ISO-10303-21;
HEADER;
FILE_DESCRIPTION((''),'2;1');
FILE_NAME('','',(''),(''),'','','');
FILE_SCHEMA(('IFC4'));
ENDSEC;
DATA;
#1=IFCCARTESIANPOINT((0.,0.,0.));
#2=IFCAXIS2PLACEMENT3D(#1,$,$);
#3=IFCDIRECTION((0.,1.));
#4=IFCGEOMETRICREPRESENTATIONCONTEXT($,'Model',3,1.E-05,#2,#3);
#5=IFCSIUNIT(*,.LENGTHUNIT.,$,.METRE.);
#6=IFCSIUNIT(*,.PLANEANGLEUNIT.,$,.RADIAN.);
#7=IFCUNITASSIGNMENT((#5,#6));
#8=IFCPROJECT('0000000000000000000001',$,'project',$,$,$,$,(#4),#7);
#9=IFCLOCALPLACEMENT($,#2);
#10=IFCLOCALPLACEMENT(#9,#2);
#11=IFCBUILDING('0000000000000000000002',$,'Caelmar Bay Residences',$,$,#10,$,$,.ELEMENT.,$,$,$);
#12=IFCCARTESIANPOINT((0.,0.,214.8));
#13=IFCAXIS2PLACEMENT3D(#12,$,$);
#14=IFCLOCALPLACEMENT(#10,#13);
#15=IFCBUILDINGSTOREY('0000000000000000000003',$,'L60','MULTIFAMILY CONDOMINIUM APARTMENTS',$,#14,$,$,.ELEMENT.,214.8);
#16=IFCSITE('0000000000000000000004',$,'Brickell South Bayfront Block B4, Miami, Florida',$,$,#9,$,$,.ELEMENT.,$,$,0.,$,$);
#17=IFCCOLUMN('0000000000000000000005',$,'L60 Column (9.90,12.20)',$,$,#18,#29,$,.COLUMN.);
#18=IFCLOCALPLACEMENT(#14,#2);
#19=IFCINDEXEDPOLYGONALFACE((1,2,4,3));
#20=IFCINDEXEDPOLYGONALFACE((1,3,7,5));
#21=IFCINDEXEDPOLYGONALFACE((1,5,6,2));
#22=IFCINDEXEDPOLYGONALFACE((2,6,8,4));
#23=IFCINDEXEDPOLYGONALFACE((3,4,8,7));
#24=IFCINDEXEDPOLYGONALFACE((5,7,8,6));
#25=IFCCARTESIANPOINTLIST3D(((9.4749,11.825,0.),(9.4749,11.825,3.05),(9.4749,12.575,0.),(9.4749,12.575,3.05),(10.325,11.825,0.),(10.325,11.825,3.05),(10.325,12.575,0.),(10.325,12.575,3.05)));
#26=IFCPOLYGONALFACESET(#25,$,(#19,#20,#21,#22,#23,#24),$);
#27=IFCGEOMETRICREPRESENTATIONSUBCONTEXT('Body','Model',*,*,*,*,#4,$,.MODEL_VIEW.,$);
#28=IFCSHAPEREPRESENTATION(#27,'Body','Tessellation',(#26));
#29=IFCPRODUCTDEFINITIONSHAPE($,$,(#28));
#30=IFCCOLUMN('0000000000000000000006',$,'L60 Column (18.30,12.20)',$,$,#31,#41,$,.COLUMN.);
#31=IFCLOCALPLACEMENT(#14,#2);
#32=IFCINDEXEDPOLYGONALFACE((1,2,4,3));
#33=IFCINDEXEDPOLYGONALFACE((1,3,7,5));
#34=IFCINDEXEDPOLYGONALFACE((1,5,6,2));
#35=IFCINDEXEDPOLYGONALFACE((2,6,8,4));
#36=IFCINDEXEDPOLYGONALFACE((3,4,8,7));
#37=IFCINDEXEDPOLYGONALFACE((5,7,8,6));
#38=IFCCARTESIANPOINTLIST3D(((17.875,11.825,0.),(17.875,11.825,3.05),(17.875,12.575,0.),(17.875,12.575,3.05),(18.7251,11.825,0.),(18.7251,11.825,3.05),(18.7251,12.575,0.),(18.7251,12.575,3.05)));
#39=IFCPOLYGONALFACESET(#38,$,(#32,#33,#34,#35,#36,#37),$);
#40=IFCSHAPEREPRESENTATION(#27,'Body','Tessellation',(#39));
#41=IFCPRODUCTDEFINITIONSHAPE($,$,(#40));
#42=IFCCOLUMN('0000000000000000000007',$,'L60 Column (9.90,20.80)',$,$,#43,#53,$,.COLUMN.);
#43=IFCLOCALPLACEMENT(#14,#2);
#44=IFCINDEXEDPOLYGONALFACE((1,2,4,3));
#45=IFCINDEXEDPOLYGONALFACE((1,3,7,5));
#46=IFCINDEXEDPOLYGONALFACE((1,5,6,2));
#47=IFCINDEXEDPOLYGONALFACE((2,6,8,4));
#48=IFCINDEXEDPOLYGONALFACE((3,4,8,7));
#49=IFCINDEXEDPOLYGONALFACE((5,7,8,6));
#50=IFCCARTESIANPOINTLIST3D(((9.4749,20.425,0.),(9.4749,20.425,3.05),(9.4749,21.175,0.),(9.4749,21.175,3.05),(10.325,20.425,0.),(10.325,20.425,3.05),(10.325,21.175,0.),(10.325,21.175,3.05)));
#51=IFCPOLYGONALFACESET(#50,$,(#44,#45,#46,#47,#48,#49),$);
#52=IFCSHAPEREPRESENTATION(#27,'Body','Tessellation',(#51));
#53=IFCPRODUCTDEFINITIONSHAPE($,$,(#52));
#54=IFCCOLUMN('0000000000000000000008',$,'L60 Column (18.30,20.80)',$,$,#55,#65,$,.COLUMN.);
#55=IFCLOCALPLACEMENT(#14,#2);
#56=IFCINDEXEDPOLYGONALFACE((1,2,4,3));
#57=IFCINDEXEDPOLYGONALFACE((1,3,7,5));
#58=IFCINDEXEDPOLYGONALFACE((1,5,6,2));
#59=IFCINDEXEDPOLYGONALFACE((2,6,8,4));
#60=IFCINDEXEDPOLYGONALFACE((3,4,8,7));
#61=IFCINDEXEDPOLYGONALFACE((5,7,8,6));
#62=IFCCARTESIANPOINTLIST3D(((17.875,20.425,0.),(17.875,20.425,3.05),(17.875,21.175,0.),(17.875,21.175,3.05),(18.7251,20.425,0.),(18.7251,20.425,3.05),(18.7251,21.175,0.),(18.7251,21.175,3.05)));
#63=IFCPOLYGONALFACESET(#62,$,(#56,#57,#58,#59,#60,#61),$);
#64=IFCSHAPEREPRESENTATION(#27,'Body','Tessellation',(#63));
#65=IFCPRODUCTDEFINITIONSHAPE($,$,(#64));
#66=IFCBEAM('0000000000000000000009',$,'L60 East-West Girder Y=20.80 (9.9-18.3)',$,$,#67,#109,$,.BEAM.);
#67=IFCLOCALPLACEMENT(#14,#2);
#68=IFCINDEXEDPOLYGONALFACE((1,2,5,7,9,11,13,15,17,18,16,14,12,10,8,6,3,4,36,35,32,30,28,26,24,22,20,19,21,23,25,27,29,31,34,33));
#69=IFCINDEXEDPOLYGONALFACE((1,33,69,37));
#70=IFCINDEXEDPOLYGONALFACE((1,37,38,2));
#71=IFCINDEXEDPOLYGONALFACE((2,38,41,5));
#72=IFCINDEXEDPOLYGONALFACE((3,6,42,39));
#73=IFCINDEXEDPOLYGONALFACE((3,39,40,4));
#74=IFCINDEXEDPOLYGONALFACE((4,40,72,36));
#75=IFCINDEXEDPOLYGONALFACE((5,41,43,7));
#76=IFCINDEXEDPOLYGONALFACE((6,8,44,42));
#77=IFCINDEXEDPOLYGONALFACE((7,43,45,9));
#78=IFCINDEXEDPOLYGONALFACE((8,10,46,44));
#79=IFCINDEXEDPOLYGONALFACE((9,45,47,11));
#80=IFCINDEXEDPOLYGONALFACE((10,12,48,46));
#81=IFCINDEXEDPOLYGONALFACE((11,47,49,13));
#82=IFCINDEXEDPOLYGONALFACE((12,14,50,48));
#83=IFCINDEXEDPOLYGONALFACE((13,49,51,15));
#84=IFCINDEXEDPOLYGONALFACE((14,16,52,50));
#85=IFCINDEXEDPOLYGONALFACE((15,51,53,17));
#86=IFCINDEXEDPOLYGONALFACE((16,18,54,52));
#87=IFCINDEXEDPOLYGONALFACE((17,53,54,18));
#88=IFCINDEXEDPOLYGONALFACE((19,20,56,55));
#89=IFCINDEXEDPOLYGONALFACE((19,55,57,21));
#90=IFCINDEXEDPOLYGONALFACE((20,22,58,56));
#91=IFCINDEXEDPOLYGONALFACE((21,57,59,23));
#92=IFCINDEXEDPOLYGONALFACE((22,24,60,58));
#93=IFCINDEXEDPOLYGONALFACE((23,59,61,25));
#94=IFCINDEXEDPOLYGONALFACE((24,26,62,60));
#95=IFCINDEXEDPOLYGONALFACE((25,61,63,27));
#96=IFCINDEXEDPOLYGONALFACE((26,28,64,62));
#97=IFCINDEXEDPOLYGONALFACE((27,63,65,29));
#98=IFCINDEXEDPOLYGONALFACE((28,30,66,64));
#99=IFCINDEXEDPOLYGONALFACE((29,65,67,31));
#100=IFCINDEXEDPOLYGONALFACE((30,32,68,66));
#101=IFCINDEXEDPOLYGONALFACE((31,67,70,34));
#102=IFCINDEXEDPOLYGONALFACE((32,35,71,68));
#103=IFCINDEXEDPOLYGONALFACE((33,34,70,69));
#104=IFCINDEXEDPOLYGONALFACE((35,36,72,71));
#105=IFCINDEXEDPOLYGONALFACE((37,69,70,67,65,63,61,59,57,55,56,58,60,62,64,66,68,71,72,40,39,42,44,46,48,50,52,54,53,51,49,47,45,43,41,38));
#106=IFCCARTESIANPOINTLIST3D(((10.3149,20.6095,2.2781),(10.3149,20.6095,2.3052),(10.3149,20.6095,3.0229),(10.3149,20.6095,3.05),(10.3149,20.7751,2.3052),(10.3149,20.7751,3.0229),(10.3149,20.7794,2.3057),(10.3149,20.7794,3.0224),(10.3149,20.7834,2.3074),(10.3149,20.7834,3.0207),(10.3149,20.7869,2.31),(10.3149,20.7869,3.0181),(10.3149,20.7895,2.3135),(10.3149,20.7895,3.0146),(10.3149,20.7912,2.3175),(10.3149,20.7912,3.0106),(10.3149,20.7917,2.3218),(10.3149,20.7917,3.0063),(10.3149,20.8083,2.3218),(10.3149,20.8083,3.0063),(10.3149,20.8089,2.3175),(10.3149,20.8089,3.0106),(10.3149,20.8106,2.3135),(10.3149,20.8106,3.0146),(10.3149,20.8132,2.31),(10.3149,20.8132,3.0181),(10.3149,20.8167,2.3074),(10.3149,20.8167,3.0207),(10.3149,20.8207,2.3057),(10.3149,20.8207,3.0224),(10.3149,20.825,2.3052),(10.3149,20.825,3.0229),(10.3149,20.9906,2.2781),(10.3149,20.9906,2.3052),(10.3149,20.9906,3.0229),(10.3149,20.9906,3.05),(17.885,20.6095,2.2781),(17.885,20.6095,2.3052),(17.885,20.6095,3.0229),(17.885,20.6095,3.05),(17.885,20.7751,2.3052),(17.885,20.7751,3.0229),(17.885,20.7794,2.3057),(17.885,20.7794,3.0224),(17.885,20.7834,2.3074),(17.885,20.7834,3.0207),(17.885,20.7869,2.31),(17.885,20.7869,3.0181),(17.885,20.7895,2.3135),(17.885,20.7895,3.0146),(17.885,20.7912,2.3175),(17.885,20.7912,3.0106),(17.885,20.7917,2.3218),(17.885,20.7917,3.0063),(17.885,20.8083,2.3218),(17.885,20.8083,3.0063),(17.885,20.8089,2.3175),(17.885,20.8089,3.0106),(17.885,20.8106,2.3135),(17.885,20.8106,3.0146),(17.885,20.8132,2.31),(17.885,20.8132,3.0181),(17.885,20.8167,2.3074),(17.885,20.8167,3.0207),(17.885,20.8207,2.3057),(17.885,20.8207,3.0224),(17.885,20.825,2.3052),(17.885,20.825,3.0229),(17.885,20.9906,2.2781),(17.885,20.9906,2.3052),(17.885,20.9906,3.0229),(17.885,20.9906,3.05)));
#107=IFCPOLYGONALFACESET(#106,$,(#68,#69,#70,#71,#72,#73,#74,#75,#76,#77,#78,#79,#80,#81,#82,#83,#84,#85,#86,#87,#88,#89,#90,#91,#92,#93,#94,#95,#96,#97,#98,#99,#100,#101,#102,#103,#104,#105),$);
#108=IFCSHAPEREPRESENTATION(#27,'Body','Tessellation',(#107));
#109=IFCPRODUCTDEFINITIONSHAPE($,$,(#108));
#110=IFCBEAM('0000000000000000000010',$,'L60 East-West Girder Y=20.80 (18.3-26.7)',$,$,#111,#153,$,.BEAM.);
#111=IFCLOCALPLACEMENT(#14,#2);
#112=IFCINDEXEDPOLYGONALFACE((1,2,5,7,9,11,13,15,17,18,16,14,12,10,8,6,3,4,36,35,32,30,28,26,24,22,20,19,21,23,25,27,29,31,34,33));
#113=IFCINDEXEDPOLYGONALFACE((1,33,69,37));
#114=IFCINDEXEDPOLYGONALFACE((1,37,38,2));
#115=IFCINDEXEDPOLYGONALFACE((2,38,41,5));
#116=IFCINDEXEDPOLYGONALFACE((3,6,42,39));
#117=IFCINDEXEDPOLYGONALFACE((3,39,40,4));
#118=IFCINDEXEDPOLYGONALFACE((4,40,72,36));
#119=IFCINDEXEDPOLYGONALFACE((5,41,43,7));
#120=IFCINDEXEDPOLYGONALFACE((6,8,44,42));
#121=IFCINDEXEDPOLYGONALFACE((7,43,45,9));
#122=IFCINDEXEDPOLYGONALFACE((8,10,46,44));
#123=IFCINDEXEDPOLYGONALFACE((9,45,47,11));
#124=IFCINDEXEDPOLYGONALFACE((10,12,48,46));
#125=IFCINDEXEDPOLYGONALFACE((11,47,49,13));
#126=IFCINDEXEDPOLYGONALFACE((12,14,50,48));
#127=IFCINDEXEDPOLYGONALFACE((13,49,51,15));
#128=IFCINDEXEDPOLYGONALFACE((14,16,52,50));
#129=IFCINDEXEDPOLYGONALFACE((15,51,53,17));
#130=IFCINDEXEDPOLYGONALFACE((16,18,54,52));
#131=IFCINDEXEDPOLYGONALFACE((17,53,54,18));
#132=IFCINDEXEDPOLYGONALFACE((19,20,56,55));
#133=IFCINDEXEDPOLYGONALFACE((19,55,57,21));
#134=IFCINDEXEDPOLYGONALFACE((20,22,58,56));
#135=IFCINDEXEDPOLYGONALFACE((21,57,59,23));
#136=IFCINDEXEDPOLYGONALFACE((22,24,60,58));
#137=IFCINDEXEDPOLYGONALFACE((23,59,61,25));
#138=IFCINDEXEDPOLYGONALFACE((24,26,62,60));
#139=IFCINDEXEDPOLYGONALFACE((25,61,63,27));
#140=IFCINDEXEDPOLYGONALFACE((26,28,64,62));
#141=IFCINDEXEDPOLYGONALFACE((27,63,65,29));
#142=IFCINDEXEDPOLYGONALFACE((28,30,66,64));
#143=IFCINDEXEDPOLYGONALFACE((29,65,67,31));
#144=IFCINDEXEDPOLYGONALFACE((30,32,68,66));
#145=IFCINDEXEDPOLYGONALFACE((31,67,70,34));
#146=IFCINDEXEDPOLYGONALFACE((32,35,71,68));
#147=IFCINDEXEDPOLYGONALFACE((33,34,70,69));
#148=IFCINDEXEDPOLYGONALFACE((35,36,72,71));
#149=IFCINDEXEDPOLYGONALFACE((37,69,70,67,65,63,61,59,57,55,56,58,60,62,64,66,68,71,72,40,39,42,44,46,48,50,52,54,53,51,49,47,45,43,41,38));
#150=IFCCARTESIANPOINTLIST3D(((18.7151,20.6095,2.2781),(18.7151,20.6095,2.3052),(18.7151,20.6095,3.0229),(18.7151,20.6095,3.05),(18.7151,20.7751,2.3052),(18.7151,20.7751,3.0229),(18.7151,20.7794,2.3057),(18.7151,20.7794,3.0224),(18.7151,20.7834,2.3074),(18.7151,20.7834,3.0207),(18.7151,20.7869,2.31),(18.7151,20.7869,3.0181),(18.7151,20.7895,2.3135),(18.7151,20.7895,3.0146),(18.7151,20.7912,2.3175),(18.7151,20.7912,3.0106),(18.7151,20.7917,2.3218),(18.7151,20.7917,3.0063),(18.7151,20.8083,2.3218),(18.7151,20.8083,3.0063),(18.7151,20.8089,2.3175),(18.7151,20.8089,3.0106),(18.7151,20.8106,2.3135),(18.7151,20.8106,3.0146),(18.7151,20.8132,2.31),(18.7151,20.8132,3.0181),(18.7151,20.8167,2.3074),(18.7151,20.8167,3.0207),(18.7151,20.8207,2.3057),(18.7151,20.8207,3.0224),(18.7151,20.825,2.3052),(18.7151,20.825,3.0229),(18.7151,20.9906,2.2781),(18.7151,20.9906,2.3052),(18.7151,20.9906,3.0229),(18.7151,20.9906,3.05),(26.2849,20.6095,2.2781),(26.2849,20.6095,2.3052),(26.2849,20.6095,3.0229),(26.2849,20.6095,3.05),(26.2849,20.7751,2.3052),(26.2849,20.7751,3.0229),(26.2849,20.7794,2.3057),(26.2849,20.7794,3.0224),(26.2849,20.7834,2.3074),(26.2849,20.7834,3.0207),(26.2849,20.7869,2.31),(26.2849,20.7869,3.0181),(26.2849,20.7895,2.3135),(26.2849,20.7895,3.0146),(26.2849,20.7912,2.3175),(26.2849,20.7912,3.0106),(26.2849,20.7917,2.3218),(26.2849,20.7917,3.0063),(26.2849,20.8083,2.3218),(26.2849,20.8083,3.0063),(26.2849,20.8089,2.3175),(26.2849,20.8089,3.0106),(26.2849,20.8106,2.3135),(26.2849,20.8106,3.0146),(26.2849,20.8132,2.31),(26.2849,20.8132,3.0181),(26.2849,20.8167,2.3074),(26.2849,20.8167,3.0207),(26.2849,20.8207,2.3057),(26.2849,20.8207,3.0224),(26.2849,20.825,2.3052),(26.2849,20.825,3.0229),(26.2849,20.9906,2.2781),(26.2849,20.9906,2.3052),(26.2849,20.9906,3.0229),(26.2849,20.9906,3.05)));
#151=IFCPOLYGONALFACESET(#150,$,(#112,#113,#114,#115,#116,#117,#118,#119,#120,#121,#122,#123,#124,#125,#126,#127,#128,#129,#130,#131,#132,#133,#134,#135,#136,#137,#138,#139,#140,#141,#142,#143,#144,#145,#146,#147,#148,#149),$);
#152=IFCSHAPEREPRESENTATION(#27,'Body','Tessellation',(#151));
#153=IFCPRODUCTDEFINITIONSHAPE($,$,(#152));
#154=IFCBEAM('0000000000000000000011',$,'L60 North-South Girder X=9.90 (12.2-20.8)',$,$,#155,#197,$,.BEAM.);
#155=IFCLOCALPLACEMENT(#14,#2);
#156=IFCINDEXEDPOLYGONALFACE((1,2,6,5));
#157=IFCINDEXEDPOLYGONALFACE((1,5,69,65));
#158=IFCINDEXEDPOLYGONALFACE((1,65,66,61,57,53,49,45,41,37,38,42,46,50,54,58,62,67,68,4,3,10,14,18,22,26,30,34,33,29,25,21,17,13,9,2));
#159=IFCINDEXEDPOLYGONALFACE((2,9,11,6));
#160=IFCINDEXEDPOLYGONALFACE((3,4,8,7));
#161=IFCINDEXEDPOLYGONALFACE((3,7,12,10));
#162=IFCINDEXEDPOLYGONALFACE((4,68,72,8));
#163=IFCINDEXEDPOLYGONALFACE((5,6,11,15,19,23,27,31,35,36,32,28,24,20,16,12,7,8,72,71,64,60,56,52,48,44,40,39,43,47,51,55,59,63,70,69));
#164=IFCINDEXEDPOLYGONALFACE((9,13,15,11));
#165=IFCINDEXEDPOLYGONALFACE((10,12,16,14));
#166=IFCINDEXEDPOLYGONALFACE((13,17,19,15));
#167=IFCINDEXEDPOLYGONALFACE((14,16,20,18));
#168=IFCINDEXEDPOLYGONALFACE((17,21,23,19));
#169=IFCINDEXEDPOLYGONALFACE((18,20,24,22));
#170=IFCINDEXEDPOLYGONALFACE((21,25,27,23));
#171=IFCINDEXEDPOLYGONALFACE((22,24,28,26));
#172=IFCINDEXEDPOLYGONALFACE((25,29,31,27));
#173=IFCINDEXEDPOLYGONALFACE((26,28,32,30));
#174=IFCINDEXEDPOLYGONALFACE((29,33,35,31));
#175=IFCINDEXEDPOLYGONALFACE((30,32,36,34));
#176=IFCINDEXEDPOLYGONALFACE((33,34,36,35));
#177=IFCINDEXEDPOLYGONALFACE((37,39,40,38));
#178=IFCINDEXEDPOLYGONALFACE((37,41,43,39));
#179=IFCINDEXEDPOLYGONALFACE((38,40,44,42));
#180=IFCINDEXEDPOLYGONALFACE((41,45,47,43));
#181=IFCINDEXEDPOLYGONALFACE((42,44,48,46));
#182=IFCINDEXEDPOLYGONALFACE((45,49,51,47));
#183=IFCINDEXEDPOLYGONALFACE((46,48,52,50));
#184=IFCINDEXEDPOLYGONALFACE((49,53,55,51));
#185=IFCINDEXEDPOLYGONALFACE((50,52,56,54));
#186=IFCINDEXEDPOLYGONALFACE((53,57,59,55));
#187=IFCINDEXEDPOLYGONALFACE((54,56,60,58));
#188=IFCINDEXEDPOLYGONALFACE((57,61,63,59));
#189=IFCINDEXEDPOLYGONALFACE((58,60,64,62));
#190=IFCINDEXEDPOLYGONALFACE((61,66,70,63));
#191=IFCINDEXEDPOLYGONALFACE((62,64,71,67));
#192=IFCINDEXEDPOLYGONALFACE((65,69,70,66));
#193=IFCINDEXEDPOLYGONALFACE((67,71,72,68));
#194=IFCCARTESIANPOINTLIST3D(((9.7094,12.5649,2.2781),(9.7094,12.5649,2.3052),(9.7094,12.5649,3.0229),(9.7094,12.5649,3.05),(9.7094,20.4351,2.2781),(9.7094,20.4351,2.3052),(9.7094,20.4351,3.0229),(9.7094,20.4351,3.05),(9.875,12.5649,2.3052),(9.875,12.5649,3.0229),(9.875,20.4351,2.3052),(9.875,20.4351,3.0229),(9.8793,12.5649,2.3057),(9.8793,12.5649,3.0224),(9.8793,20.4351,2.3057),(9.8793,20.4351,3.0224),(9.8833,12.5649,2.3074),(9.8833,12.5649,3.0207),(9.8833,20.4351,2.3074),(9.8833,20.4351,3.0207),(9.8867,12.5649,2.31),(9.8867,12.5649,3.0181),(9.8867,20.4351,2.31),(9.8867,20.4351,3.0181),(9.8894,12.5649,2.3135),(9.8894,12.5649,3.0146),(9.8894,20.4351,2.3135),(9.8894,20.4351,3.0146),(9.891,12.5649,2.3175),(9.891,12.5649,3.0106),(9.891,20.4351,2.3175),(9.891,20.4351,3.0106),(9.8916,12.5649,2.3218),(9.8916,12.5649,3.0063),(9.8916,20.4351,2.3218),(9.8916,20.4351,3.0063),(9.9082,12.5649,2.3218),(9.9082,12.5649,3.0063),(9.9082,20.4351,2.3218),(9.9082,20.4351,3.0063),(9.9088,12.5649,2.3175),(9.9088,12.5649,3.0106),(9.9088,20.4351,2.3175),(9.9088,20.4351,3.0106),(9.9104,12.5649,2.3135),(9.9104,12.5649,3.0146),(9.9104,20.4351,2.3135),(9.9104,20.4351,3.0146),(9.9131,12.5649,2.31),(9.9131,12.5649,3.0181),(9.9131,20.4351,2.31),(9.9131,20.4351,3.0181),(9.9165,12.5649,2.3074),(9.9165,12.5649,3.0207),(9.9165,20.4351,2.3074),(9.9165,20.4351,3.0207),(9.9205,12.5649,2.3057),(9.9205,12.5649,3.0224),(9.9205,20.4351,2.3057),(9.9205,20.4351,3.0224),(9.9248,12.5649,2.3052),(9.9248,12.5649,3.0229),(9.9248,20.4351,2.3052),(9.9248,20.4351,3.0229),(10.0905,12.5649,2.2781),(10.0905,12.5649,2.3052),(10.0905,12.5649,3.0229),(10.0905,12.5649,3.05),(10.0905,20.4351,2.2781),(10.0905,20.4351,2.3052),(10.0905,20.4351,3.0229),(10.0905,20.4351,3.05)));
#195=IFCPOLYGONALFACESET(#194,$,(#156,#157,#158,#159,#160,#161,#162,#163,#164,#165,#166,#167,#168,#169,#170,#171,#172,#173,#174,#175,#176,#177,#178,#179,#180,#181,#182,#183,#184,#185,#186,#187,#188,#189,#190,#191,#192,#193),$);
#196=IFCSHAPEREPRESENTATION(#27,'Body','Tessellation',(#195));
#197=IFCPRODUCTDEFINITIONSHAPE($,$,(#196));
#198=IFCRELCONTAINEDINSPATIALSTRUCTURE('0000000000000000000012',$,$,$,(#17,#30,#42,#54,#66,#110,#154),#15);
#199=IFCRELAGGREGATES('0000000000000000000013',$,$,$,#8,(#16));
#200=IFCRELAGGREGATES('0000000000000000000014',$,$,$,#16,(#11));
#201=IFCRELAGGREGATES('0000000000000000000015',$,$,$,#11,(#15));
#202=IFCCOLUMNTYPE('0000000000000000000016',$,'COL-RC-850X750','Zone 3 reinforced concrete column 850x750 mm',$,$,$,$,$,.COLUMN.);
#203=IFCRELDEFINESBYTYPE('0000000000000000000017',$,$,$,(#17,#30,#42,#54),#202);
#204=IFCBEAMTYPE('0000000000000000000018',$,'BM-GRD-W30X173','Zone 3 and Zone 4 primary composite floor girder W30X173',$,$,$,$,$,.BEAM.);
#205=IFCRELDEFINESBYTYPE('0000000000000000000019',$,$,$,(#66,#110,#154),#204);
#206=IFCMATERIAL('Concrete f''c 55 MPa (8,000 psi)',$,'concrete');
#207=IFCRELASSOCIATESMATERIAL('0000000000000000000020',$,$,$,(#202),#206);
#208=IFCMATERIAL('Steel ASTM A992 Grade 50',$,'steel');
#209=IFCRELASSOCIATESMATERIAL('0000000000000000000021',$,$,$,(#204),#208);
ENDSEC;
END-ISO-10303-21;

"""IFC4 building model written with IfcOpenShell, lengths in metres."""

from ifc_helpers import new_model, si_unit, direction, frame, origin, origin_2d, place, context, subcontext, project, spatial, rectangle, i_section, extrude, material, material_profile, profile_set, type_object, element, save


model = new_model("IFC4")

# Units and contexts
model_context = context("Model", 3, precision=1e-05, world=origin(), true_north=direction((0.0, 1.0)))
body_context = subcontext(model_context, "Body", "Model", "MODEL_VIEW")
ifc_project = project(units=[si_unit("LENGTHUNIT", "METRE"), si_unit("PLANEANGLEUNIT", "RADIAN")], contexts=[model_context])

# Site, building, storey
site_placement = place(None, origin())
site = spatial("IfcSite", under=ifc_project, at=site_placement, Name="Brickell South Bayfront Block B4, Miami, Florida", CompositionType="ELEMENT", RefElevation=0.0)
building_placement = place(site_placement, origin())
building = spatial("IfcBuilding", under=site, at=building_placement, Name="Caelmar Bay Residences", CompositionType="ELEMENT")
storey_placement = place(building_placement, frame((0.0, 0.0, 214.8)))
storey = spatial("IfcBuildingStorey", under=building, at=storey_placement, Name="L60", Description="MULTIFAMILY CONDOMINIUM APARTMENTS", CompositionType="ELEMENT", Elevation=214.8)

# Columns
ifc_material_1 = material(Name="Concrete f'c 55 MPa (8,000 psi)", Category="concrete")
ifc_material_profile_1 = material_profile(ifc_material_1, rectangle(XDim=0.8501, YDim=0.75, at=origin_2d()), Name="RC-COL-850X750")
ifc_profile_set_1 = profile_set([ifc_material_profile_1], Name="Concrete f'c 55 MPa (8,000 psi)")
column_type = type_object("IfcColumnType", Name="COL-RC-850X750", Description="Zone 3 reinforced concrete column 850x750 mm", PredefinedType="COLUMN", material=ifc_profile_set_1)
for number, where, z_axis, x_axis, name in (
    (1, (9.8999, 12.2, 0.0), (0.0, 0.0, 1.0), (1.0, 0.0, 0.0), "L60 Column (9.90,12.20)"),
    (2, (18.3, 12.2, 0.0), (0.0, 0.0, 1.0), (1.0, 0.0, 0.0), "L60 Column (18.30,12.20)"),
    (3, (9.8999, 20.8, 0.0), (0.0, 0.0, 1.0), (1.0, 0.0, 0.0), "L60 Column (9.90,20.80)"),
    (4, (18.3, 20.8, 0.0), (0.0, 0.0, 1.0), (1.0, 0.0, 0.0), "L60 Column (18.30,20.80)"),
):
    element("IfcColumn", number, at=place(storey_placement, frame(where, z_axis=z_axis, x_axis=x_axis)), inside=storey, type_object=column_type, Name=name, PredefinedType="COLUMN", context=body_context, shape_type="SweptSolid", body=[
        extrude(rectangle(XDim=0.8501, YDim=0.75, at=origin_2d()), origin(), (0.0, 0.0, 1.0), 3.05),
    ])

# Beams
ifc_material_2 = material(Name="Steel ASTM A992 Grade 50", Category="steel")
ifc_material_profile_2 = material_profile(ifc_material_2, i_section(OverallWidth=0.3811, OverallDepth=0.772, WebThickness=0.0166, FlangeThickness=0.0271, FilletRadius=0.0166, at=origin_2d()), Name="W30X173")
ifc_profile_set_2 = profile_set([ifc_material_profile_2], Name="Steel ASTM A992 Grade 50")
beam_type_1 = type_object("IfcBeamType", Name="BM-GRD-W30X173", Description="Zone 3 and Zone 4 primary composite floor girder W30X173", PredefinedType="BEAM", material=ifc_profile_set_2)
beam_1_placement = place(storey_placement, frame((10.3149, 20.8, 2.6641), z_axis=(1.0, 0.0, 0.0), x_axis=(0.0, 1.0, 0.0)))
element("IfcBeam", 5, at=beam_1_placement, inside=storey, type_object=beam_type_1, Name="L60 East-West Girder Y=20.80 (9.9-18.3)", PredefinedType="BEAM", context=body_context, shape_type="SweptSolid", body=[
    extrude(i_section(OverallWidth=0.3811, OverallDepth=0.772, WebThickness=0.0166, FlangeThickness=0.0271, FilletRadius=0.0166, at=origin_2d()), origin(), (0.0, 0.0, 1.0), 7.5701),
])
beam_2_placement = place(storey_placement, frame((18.7151, 20.8, 2.6641), z_axis=(1.0, 0.0, 0.0), x_axis=(0.0, 1.0, 0.0)))
element("IfcBeam", 6, at=beam_2_placement, inside=storey, type_object=beam_type_1, Name="L60 East-West Girder Y=20.80 (18.3-26.7)", PredefinedType="BEAM", context=body_context, shape_type="SweptSolid", body=[
    extrude(i_section(OverallWidth=0.3811, OverallDepth=0.772, WebThickness=0.0166, FlangeThickness=0.0271, FilletRadius=0.0166, at=origin_2d()), origin(), (0.0, 0.0, 1.0), 7.5698),
])
beam_3_placement = place(storey_placement, frame((9.8999, 12.5649, 2.6641), z_axis=(0.0, 1.0, 0.0), x_axis=(-1.0, 0.0, 0.0)))
element("IfcBeam", 7, at=beam_3_placement, inside=storey, type_object=beam_type_1, Name="L60 North-South Girder X=9.90 (12.2-20.8)", PredefinedType="BEAM", context=body_context, shape_type="SweptSolid", body=[
    extrude(i_section(OverallWidth=0.3811, OverallDepth=0.772, WebThickness=0.0166, FlangeThickness=0.0271, FilletRadius=0.0166, at=origin_2d()), origin(), (0.0, 0.0, 1.0), 7.8701),
])

save(model, "model.ifc")
